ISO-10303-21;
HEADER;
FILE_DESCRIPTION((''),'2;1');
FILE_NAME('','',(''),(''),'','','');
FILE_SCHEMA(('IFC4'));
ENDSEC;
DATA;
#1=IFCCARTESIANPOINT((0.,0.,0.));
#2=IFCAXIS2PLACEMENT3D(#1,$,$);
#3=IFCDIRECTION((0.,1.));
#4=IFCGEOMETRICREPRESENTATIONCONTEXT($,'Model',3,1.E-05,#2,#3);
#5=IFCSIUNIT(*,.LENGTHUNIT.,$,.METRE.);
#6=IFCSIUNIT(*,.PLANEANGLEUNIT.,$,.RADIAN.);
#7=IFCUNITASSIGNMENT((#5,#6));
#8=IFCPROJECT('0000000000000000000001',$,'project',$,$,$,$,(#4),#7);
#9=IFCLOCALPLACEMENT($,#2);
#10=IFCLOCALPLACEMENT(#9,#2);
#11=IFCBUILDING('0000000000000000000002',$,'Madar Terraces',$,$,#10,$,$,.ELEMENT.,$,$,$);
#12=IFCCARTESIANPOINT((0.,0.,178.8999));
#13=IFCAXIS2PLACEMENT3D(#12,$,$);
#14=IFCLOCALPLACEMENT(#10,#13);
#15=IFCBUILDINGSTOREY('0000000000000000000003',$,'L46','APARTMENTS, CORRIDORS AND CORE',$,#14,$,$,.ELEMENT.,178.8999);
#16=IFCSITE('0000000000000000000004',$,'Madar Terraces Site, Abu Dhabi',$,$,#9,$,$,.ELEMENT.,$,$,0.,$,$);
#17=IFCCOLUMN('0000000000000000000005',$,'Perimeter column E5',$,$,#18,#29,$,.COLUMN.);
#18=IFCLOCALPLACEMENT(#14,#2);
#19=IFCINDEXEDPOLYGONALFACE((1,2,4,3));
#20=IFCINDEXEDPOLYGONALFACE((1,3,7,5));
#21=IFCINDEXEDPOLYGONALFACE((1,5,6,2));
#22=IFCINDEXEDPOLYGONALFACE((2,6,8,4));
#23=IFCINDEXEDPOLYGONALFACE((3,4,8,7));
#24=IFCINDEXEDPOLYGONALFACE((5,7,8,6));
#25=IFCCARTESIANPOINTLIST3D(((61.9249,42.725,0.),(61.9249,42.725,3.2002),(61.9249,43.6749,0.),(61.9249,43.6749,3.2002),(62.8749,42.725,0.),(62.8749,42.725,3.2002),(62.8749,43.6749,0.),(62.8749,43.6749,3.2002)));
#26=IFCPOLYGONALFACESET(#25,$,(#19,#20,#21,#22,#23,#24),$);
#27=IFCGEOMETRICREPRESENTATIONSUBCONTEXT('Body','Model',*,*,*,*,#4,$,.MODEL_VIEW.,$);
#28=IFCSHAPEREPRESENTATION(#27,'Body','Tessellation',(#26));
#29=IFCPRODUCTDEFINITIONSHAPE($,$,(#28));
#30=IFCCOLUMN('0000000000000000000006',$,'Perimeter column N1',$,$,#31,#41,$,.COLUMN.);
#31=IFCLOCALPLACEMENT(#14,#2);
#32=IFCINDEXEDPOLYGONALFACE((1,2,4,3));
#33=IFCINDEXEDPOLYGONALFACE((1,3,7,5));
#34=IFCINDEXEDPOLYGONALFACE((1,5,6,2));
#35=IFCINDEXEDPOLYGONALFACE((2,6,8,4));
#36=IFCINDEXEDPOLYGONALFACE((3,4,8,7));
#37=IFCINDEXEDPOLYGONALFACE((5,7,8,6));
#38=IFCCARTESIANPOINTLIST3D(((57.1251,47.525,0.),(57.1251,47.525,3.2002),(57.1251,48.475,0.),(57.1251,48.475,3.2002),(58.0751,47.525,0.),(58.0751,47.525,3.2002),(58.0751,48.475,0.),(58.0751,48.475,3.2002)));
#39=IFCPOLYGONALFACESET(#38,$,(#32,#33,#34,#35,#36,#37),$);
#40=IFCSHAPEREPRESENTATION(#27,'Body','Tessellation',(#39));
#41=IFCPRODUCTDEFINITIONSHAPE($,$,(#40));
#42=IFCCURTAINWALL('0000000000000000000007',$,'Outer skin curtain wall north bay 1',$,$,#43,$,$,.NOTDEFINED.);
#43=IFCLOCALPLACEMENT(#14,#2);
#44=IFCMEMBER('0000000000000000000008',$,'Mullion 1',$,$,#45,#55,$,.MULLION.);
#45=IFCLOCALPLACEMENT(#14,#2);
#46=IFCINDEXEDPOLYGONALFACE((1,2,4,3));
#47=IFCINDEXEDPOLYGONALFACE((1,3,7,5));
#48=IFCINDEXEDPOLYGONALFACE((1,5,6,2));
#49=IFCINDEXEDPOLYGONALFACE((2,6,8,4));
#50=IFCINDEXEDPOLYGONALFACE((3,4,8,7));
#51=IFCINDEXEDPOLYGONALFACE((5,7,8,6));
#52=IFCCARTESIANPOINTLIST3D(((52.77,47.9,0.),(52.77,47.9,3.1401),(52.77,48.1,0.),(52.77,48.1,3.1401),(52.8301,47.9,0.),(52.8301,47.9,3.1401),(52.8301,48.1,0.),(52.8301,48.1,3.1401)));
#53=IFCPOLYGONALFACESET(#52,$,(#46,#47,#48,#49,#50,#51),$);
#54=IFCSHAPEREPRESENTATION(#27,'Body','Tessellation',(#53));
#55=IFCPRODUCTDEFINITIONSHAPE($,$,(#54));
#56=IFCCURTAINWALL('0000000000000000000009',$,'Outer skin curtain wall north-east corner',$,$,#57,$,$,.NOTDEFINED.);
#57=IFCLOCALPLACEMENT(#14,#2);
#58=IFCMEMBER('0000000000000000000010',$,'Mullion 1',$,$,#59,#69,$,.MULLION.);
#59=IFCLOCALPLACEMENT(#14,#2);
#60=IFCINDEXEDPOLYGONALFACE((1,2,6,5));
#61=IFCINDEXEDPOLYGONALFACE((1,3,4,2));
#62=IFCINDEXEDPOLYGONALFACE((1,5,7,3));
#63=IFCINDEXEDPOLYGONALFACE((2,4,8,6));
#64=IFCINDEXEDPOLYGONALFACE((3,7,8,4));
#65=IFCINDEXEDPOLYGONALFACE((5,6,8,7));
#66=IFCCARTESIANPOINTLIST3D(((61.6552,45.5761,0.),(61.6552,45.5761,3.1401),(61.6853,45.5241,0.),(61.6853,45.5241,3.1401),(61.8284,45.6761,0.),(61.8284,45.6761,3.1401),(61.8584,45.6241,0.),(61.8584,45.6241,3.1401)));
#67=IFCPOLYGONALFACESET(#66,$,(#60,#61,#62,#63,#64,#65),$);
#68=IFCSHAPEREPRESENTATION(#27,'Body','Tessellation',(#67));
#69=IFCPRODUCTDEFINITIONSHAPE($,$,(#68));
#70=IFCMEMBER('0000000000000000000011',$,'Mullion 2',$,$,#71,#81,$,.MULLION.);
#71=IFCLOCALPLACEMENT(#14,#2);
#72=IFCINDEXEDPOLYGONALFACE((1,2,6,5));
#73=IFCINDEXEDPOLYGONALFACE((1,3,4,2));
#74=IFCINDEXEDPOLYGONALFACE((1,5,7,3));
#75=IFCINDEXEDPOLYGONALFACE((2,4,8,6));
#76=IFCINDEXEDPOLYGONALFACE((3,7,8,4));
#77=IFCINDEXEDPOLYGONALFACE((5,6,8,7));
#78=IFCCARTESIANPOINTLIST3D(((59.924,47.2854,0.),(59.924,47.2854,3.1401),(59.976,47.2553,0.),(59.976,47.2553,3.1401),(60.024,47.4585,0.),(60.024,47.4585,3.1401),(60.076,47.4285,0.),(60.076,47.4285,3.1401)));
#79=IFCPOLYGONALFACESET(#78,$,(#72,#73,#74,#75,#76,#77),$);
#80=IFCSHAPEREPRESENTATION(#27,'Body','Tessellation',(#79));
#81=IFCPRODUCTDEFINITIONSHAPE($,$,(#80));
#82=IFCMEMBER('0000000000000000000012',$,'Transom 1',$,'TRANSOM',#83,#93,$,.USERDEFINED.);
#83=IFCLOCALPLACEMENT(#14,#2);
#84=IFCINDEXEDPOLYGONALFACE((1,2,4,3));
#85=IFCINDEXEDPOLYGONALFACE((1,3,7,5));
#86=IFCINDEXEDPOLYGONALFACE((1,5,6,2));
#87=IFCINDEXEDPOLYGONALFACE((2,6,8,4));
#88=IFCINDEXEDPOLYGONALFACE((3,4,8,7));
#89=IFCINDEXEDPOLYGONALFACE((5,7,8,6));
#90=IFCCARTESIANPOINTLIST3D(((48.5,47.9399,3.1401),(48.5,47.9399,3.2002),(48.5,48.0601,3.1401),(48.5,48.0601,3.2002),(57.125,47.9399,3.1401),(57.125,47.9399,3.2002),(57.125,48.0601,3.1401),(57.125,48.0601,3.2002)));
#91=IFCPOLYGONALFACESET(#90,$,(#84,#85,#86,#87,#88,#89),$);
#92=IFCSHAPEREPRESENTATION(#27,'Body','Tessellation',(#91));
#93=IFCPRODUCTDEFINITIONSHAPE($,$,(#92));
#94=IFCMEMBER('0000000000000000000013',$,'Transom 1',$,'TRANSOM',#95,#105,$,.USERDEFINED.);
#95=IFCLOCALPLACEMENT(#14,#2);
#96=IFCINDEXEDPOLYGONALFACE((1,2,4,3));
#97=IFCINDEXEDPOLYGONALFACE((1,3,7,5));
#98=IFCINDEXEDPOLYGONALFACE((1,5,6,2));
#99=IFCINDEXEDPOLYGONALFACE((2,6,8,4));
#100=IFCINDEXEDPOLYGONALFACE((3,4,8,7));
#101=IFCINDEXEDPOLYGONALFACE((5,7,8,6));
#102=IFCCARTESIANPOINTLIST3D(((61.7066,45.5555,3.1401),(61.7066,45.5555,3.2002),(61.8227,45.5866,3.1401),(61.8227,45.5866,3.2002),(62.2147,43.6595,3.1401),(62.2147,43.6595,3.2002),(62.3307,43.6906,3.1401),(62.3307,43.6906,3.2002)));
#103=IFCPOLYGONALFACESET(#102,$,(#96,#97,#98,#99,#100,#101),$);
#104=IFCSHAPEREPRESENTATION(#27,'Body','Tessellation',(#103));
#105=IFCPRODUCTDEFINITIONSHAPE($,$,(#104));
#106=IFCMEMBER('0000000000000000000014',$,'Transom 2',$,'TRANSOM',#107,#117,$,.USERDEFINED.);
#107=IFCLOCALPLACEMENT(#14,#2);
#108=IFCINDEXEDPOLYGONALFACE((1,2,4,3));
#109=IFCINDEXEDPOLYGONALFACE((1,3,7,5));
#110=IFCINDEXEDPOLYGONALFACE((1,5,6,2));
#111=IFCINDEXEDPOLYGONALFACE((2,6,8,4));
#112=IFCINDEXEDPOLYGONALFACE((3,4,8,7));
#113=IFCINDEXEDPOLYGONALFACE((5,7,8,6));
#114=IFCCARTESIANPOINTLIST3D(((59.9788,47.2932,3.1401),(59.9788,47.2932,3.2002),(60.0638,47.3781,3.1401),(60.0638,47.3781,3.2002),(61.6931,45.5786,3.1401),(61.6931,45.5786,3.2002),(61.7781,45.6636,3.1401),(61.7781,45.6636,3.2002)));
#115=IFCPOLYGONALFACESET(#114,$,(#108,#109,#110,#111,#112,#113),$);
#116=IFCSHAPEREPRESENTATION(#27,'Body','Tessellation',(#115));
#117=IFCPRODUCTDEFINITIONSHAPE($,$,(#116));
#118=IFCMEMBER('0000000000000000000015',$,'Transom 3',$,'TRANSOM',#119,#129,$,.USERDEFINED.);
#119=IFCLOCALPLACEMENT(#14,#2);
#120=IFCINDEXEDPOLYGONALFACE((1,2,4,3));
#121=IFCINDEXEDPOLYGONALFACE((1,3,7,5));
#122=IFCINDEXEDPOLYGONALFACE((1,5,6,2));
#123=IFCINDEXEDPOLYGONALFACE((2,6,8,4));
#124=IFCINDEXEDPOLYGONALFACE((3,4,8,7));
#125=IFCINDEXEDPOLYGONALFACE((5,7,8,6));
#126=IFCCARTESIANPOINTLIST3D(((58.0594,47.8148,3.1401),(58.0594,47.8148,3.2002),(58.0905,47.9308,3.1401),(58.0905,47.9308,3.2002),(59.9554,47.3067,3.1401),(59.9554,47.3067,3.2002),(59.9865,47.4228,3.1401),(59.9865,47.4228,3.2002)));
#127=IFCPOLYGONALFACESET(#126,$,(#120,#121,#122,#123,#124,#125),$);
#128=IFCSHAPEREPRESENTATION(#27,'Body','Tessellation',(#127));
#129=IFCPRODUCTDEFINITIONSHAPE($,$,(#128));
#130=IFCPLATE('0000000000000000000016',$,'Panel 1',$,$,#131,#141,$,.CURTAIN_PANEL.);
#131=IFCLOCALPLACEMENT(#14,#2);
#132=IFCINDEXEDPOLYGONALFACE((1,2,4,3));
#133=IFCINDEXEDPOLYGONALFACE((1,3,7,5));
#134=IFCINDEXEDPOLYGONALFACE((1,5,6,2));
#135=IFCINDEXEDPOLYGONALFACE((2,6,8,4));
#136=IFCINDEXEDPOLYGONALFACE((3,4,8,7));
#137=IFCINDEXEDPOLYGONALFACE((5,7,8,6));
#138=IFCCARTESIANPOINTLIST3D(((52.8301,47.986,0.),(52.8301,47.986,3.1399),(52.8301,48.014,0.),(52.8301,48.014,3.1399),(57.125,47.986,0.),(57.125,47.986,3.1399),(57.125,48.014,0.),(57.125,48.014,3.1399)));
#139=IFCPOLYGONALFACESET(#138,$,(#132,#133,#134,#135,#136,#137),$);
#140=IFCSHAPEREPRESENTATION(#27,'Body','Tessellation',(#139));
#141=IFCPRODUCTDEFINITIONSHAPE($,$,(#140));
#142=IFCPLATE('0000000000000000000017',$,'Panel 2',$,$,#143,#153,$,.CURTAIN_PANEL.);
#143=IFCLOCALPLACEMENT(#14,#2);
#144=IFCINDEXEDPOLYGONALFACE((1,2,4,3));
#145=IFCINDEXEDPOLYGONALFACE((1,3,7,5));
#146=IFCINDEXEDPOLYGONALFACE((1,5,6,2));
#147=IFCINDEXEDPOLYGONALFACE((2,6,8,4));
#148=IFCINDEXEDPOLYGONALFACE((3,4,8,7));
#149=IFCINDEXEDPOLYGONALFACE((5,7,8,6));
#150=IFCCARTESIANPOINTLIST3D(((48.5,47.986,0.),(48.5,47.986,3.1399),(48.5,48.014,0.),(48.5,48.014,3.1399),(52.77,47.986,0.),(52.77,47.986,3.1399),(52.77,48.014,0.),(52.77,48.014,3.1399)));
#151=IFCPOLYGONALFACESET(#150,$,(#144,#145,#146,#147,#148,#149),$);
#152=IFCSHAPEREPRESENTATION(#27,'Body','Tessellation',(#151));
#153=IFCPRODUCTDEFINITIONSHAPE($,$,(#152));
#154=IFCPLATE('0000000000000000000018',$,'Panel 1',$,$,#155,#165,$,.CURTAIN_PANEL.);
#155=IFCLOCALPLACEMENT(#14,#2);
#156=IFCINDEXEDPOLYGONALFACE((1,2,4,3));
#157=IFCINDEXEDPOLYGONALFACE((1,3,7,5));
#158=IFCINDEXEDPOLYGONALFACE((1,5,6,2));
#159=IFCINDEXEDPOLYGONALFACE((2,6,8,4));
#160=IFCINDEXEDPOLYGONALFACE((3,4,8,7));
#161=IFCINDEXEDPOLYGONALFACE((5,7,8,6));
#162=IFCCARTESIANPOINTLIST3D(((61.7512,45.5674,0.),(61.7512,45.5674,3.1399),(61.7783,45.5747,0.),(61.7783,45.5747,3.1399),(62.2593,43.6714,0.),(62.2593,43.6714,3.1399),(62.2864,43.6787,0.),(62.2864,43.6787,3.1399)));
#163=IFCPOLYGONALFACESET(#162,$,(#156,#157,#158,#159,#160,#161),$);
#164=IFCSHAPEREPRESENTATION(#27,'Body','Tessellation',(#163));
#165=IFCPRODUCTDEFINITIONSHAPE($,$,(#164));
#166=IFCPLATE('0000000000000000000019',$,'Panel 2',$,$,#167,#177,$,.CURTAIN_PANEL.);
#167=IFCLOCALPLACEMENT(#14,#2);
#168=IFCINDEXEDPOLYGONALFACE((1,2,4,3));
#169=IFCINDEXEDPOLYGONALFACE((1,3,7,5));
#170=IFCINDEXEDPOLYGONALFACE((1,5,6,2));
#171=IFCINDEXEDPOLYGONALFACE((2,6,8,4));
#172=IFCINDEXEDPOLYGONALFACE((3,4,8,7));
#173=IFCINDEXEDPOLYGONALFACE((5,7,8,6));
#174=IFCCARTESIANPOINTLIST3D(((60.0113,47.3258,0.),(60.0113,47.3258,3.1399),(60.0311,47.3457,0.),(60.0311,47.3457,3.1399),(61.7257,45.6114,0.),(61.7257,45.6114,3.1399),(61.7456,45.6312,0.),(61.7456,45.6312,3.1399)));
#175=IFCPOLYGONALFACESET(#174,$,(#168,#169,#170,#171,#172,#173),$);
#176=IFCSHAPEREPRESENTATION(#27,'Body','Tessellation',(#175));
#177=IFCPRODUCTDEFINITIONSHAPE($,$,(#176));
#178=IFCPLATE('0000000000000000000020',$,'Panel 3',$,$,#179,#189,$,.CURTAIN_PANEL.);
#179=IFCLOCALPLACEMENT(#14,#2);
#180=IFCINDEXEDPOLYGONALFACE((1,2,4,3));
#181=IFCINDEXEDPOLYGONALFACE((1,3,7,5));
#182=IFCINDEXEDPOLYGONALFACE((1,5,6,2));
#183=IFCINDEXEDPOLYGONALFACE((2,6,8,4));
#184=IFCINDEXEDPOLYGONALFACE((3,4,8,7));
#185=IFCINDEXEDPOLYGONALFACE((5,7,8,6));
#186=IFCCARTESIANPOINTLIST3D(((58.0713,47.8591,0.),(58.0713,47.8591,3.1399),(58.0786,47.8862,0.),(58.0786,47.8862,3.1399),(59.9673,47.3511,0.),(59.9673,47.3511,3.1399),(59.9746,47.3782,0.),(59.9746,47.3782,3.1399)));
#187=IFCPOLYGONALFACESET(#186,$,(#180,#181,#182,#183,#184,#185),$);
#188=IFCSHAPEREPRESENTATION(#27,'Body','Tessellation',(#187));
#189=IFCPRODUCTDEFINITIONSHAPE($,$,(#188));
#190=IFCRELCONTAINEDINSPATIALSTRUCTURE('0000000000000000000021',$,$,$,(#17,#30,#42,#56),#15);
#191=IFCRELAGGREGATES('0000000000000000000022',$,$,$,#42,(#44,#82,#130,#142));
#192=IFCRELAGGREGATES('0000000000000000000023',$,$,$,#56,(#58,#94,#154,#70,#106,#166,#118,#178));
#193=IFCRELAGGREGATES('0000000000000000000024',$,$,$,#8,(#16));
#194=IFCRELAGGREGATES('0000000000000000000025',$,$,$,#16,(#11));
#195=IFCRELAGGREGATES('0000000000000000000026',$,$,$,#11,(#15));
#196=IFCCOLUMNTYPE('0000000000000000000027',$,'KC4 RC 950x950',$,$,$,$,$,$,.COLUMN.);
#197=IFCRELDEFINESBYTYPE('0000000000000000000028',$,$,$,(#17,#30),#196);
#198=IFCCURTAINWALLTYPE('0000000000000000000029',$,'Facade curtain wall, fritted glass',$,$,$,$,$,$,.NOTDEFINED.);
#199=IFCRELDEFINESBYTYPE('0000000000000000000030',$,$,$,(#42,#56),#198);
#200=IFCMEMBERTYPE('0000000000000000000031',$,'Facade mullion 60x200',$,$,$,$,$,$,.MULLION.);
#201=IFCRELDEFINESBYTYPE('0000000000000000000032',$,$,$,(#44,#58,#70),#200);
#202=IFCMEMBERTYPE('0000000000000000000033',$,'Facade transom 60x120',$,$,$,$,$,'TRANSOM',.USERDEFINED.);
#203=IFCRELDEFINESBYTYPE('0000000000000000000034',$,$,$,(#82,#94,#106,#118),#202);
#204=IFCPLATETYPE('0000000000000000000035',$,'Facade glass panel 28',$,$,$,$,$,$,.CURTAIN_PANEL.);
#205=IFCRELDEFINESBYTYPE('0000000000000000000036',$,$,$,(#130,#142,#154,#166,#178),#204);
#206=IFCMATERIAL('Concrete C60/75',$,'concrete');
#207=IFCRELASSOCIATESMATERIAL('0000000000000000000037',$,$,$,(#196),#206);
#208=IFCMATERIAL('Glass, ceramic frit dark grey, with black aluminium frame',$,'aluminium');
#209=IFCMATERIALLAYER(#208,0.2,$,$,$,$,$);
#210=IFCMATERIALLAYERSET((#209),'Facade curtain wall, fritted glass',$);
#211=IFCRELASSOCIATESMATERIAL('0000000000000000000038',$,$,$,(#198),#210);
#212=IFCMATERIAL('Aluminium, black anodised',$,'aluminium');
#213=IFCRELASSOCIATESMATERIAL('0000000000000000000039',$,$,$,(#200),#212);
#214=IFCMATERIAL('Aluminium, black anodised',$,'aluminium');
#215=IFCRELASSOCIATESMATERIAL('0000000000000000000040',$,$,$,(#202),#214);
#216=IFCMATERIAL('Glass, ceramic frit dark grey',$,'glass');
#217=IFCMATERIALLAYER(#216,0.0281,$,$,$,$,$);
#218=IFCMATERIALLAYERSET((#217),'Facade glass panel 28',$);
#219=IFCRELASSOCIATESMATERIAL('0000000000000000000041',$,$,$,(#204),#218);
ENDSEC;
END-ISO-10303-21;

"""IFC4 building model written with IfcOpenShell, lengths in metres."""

from ifc_helpers import new_model, si_unit, direction, frame, origin, origin_2d, place, context, subcontext, project, spatial, rectangle, extrude, material, layer, layer_set, material_profile, profile_set, type_object, element, aggregate, save


model = new_model("IFC4")

# Units and contexts
model_context = context("Model", 3, precision=1e-05, world=origin(), true_north=direction((0.0, 1.0)))
body_context = subcontext(model_context, "Body", "Model", "MODEL_VIEW")
ifc_project = project(units=[si_unit("LENGTHUNIT", "METRE"), si_unit("PLANEANGLEUNIT", "RADIAN")], contexts=[model_context])

# Site, building, storey
site_placement = place(None, origin())
site = spatial("IfcSite", under=ifc_project, at=site_placement, Name="Madar Terraces Site, Abu Dhabi", CompositionType="ELEMENT", RefElevation=0.0)
building_placement = place(site_placement, origin())
building = spatial("IfcBuilding", under=site, at=building_placement, Name="Madar Terraces", CompositionType="ELEMENT")
storey_placement = place(building_placement, frame((0.0, 0.0, 178.8999)))
storey = spatial("IfcBuildingStorey", under=building, at=storey_placement, Name="L46", Description="APARTMENTS, CORRIDORS AND CORE", CompositionType="ELEMENT", Elevation=178.8999)

# Columns
ifc_material_1 = material(Name="Concrete C60/75", Category="concrete")
ifc_material_profile_1 = material_profile(ifc_material_1, rectangle(XDim=0.95, YDim=0.95, at=origin_2d()), Name="KC4 RC 950x950")
ifc_profile_set_1 = profile_set([ifc_material_profile_1], Name="Concrete C60/75")
column_type = type_object("IfcColumnType", Name="KC4 RC 950x950", PredefinedType="COLUMN", material=ifc_profile_set_1)
for number, where, z_axis, x_axis, name in (
    (1, (62.3999, 43.2, 0.0), (0.0, 0.0, 1.0), (1.0, 0.0, 0.0), "Perimeter column E5"),
    (2, (57.6001, 48.0, 0.0), (0.0, 0.0, 1.0), (1.0, 0.0, 0.0), "Perimeter column N1"),
):
    element("IfcColumn", number, at=place(storey_placement, frame(where, z_axis=z_axis, x_axis=x_axis)), inside=storey, type_object=column_type, Name=name, PredefinedType="COLUMN", context=body_context, shape_type="SweptSolid", body=[
        extrude(rectangle(XDim=0.95, YDim=0.95, at=origin_2d()), origin(), (0.0, 0.0, 1.0), 3.2002),
    ])

# Curtain wall, member
ifc_material_2 = material(Name="Glass, ceramic frit dark grey, with black aluminium frame", Category="aluminium")
ifc_layer_1 = layer(ifc_material_2, 0.2)
ifc_layer_set_1 = layer_set([ifc_layer_1], Name="Facade curtain wall, fritted glass")
curtain_wall_type = type_object("IfcCurtainWallType", Name="Facade curtain wall, fritted glass", PredefinedType="NOTDEFINED", material=ifc_layer_set_1)
curtain_wall_1_placement = place(storey_placement, origin())
curtain_wall_1 = element("IfcCurtainWall", 3, at=curtain_wall_1_placement, inside=storey, type_object=curtain_wall_type, Name="Outer skin curtain wall north bay 1", PredefinedType="NOTDEFINED")
ifc_material_3 = material(Name="Aluminium, black anodised", Category="aluminium")
ifc_material_profile_2 = material_profile(ifc_material_3, rectangle(XDim=0.2, YDim=0.0601, at=origin_2d()), Name="Facade mullion 60x200")
ifc_profile_set_2 = profile_set([ifc_material_profile_2], Name="Aluminium, black anodised")
member_type_1 = type_object("IfcMemberType", Name="Facade mullion 60x200", PredefinedType="MULLION", material=ifc_profile_set_2)
member_1_placement = place(storey_placement, frame((52.8, 48.0, 0.0), z_axis=(0.0, 0.0, 1.0), x_axis=(0.0, -1.0, 0.0)))
member_1 = element("IfcMember", 4, at=member_1_placement, type_object=member_type_1, Name="Mullion 1", PredefinedType="MULLION", context=body_context, shape_type="SweptSolid", body=[
    extrude(rectangle(XDim=0.2, YDim=0.0601, at=origin_2d()), origin(), (0.0, 0.0, 1.0), 3.1401),
])

# Curtain wall, members
curtain_wall_2_placement = place(storey_placement, origin())
curtain_wall_2 = element("IfcCurtainWall", 5, at=curtain_wall_2_placement, inside=storey, type_object=curtain_wall_type, Name="Outer skin curtain wall north-east corner", PredefinedType="NOTDEFINED")
member_2_placement = place(storey_placement, frame((61.7568, 45.6001, 0.0), z_axis=(0.0, 0.0, 1.0), x_axis=(-0.866025, -0.5, 0.0)))
member_2 = element("IfcMember", 6, at=member_2_placement, type_object=member_type_1, Name="Mullion 1", PredefinedType="MULLION", context=body_context, shape_type="SweptSolid", body=[
    extrude(rectangle(XDim=0.2, YDim=0.0601, at=origin_2d()), origin(), (0.0, 0.0, 1.0), 3.1401),
])
member_3_placement = place(storey_placement, frame((60.0, 47.3569, 0.0), z_axis=(0.0, 0.0, 1.0), x_axis=(-0.5, -0.866025, 0.0)))
member_3 = element("IfcMember", 7, at=member_3_placement, type_object=member_type_1, Name="Mullion 2", PredefinedType="MULLION", context=body_context, shape_type="SweptSolid", body=[
    extrude(rectangle(XDim=0.2, YDim=0.0601, at=origin_2d()), origin(), (0.0, 0.0, 1.0), 3.1401),
])

# Members
ifc_material_4 = material(Name="Aluminium, black anodised", Category="aluminium")
ifc_material_profile_3 = material_profile(ifc_material_4, rectangle(XDim=0.1201, YDim=0.0601, at=origin_2d()), Name="Facade transom 60x120")
ifc_profile_set_3 = profile_set([ifc_material_profile_3], Name="Aluminium, black anodised")
member_type_2 = type_object("IfcMemberType", Name="Facade transom 60x120", ElementType="TRANSOM", PredefinedType="USERDEFINED", material=ifc_profile_set_3)
member_4_placement = place(storey_placement, frame((57.125, 48.0, 3.1702), z_axis=(-1.0, 0.0, 0.0), x_axis=(0.0, -1.0, 0.0)))
member_4 = element("IfcMember", 8, at=member_4_placement, type_object=member_type_2, Name="Transom 1", ObjectType="TRANSOM", PredefinedType="USERDEFINED", context=body_context, shape_type="SweptSolid", body=[
    extrude(rectangle(XDim=0.1201, YDim=0.0601, at=origin_2d()), origin(), (0.0, 0.0, 1.0), 8.625),
])
member_5_placement = place(storey_placement, frame((62.2727, 43.675, 3.1702), z_axis=(-0.258831, 0.965923, 0.0), x_axis=(-0.965923, -0.258831, 0.0)))
member_5 = element("IfcMember", 9, at=member_5_placement, type_object=member_type_2, Name="Transom 1", ObjectType="TRANSOM", PredefinedType="USERDEFINED", context=body_context, shape_type="SweptSolid", body=[
    extrude(rectangle(XDim=0.1201, YDim=0.0601, at=origin_2d()), origin(), (0.0, 0.0, 1.0), 1.9629),
])
member_6_placement = place(storey_placement, frame((61.7356, 45.6211, 3.1702), z_axis=(-0.707056, 0.707157, 0.0), x_axis=(-0.707157, -0.707056, 0.0)))
member_6 = element("IfcMember", 10, at=member_6_placement, type_object=member_type_2, Name="Transom 2", ObjectType="TRANSOM", PredefinedType="USERDEFINED", context=body_context, shape_type="SweptSolid", body=[
    extrude(rectangle(XDim=0.1201, YDim=0.0601, at=origin_2d()), origin(), (0.0, 0.0, 1.0), 2.4246),
])
member_7_placement = place(storey_placement, frame((59.9709, 47.3647, 3.1702), z_axis=(-0.965923, 0.258831, 0.0), x_axis=(-0.258831, -0.965923, 0.0)))
member_7 = element("IfcMember", 11, at=member_7_placement, type_object=member_type_2, Name="Transom 3", ObjectType="TRANSOM", PredefinedType="USERDEFINED", context=body_context, shape_type="SweptSolid", body=[
    extrude(rectangle(XDim=0.1201, YDim=0.0601, at=origin_2d()), origin(), (0.0, 0.0, 1.0), 1.9629),
])

# Plates
ifc_material_5 = material(Name="Glass, ceramic frit dark grey", Category="glass")
ifc_layer_2 = layer(ifc_material_5, 0.0281)
ifc_layer_set_2 = layer_set([ifc_layer_2], Name="Facade glass panel 28")
plate_type = type_object("IfcPlateType", Name="Facade glass panel 28", PredefinedType="CURTAIN_PANEL", material=ifc_layer_set_2)
plate_1_placement = place(storey_placement, frame((54.9775, 48.0, 0.0), z_axis=(0.0, 0.0, 1.0), x_axis=(-1.0, 0.0, 0.0)))
plate_1 = element("IfcPlate", 12, at=plate_1_placement, type_object=plate_type, Name="Panel 1", PredefinedType="CURTAIN_PANEL", context=body_context, shape_type="SweptSolid", body=[
    extrude(rectangle(XDim=4.2949, YDim=0.0281, at=origin_2d()), origin(), (0.0, 0.0, 1.0), 3.1399),
])
plate_2_placement = place(storey_placement, frame((50.635, 48.0, 0.0), z_axis=(0.0, 0.0, 1.0), x_axis=(-1.0, 0.0, 0.0)))
plate_2 = element("IfcPlate", 13, at=plate_2_placement, type_object=plate_type, Name="Panel 2", PredefinedType="CURTAIN_PANEL", context=body_context, shape_type="SweptSolid", body=[
    extrude(rectangle(XDim=4.27, YDim=0.0281, at=origin_2d()), origin(), (0.0, 0.0, 1.0), 3.1399),
])
aggregate(curtain_wall_1, [member_1, member_4, plate_1, plate_2])
plate_3_placement = place(storey_placement, frame((62.0188, 44.623, 0.0), z_axis=(0.0, 0.0, 1.0), x_axis=(-0.258819, 0.965926, 0.0)))
plate_3 = element("IfcPlate", 14, at=plate_3_placement, type_object=plate_type, Name="Panel 1", PredefinedType="CURTAIN_PANEL", context=body_context, shape_type="SweptSolid", body=[
    extrude(rectangle(XDim=1.9629, YDim=0.0281, at=origin_2d()), origin(), (0.0, 0.0, 1.0), 3.1399),
])
plate_4_placement = place(storey_placement, frame((60.8784, 46.4785, 0.0), z_axis=(0.0, 0.0, 1.0), x_axis=(-0.707107, 0.707107, 0.0)))
plate_4 = element("IfcPlate", 15, at=plate_4_placement, type_object=plate_type, Name="Panel 2", PredefinedType="CURTAIN_PANEL", context=body_context, shape_type="SweptSolid", body=[
    extrude(rectangle(XDim=2.4246, YDim=0.0281, at=origin_2d()), origin(), (0.0, 0.0, 1.0), 3.1399),
])
plate_5_placement = place(storey_placement, frame((59.0229, 47.6187, 0.0), z_axis=(0.0, 0.0, 1.0), x_axis=(-0.965926, 0.258819, 0.0)))
plate_5 = element("IfcPlate", 16, at=plate_5_placement, type_object=plate_type, Name="Panel 3", PredefinedType="CURTAIN_PANEL", context=body_context, shape_type="SweptSolid", body=[
    extrude(rectangle(XDim=1.9629, YDim=0.0281, at=origin_2d()), origin(), (0.0, 0.0, 1.0), 3.1399),
])
aggregate(curtain_wall_2, [member_2, member_5, plate_3, member_3, member_6, plate_4, member_7, plate_5])

save(model, "model.ifc")
